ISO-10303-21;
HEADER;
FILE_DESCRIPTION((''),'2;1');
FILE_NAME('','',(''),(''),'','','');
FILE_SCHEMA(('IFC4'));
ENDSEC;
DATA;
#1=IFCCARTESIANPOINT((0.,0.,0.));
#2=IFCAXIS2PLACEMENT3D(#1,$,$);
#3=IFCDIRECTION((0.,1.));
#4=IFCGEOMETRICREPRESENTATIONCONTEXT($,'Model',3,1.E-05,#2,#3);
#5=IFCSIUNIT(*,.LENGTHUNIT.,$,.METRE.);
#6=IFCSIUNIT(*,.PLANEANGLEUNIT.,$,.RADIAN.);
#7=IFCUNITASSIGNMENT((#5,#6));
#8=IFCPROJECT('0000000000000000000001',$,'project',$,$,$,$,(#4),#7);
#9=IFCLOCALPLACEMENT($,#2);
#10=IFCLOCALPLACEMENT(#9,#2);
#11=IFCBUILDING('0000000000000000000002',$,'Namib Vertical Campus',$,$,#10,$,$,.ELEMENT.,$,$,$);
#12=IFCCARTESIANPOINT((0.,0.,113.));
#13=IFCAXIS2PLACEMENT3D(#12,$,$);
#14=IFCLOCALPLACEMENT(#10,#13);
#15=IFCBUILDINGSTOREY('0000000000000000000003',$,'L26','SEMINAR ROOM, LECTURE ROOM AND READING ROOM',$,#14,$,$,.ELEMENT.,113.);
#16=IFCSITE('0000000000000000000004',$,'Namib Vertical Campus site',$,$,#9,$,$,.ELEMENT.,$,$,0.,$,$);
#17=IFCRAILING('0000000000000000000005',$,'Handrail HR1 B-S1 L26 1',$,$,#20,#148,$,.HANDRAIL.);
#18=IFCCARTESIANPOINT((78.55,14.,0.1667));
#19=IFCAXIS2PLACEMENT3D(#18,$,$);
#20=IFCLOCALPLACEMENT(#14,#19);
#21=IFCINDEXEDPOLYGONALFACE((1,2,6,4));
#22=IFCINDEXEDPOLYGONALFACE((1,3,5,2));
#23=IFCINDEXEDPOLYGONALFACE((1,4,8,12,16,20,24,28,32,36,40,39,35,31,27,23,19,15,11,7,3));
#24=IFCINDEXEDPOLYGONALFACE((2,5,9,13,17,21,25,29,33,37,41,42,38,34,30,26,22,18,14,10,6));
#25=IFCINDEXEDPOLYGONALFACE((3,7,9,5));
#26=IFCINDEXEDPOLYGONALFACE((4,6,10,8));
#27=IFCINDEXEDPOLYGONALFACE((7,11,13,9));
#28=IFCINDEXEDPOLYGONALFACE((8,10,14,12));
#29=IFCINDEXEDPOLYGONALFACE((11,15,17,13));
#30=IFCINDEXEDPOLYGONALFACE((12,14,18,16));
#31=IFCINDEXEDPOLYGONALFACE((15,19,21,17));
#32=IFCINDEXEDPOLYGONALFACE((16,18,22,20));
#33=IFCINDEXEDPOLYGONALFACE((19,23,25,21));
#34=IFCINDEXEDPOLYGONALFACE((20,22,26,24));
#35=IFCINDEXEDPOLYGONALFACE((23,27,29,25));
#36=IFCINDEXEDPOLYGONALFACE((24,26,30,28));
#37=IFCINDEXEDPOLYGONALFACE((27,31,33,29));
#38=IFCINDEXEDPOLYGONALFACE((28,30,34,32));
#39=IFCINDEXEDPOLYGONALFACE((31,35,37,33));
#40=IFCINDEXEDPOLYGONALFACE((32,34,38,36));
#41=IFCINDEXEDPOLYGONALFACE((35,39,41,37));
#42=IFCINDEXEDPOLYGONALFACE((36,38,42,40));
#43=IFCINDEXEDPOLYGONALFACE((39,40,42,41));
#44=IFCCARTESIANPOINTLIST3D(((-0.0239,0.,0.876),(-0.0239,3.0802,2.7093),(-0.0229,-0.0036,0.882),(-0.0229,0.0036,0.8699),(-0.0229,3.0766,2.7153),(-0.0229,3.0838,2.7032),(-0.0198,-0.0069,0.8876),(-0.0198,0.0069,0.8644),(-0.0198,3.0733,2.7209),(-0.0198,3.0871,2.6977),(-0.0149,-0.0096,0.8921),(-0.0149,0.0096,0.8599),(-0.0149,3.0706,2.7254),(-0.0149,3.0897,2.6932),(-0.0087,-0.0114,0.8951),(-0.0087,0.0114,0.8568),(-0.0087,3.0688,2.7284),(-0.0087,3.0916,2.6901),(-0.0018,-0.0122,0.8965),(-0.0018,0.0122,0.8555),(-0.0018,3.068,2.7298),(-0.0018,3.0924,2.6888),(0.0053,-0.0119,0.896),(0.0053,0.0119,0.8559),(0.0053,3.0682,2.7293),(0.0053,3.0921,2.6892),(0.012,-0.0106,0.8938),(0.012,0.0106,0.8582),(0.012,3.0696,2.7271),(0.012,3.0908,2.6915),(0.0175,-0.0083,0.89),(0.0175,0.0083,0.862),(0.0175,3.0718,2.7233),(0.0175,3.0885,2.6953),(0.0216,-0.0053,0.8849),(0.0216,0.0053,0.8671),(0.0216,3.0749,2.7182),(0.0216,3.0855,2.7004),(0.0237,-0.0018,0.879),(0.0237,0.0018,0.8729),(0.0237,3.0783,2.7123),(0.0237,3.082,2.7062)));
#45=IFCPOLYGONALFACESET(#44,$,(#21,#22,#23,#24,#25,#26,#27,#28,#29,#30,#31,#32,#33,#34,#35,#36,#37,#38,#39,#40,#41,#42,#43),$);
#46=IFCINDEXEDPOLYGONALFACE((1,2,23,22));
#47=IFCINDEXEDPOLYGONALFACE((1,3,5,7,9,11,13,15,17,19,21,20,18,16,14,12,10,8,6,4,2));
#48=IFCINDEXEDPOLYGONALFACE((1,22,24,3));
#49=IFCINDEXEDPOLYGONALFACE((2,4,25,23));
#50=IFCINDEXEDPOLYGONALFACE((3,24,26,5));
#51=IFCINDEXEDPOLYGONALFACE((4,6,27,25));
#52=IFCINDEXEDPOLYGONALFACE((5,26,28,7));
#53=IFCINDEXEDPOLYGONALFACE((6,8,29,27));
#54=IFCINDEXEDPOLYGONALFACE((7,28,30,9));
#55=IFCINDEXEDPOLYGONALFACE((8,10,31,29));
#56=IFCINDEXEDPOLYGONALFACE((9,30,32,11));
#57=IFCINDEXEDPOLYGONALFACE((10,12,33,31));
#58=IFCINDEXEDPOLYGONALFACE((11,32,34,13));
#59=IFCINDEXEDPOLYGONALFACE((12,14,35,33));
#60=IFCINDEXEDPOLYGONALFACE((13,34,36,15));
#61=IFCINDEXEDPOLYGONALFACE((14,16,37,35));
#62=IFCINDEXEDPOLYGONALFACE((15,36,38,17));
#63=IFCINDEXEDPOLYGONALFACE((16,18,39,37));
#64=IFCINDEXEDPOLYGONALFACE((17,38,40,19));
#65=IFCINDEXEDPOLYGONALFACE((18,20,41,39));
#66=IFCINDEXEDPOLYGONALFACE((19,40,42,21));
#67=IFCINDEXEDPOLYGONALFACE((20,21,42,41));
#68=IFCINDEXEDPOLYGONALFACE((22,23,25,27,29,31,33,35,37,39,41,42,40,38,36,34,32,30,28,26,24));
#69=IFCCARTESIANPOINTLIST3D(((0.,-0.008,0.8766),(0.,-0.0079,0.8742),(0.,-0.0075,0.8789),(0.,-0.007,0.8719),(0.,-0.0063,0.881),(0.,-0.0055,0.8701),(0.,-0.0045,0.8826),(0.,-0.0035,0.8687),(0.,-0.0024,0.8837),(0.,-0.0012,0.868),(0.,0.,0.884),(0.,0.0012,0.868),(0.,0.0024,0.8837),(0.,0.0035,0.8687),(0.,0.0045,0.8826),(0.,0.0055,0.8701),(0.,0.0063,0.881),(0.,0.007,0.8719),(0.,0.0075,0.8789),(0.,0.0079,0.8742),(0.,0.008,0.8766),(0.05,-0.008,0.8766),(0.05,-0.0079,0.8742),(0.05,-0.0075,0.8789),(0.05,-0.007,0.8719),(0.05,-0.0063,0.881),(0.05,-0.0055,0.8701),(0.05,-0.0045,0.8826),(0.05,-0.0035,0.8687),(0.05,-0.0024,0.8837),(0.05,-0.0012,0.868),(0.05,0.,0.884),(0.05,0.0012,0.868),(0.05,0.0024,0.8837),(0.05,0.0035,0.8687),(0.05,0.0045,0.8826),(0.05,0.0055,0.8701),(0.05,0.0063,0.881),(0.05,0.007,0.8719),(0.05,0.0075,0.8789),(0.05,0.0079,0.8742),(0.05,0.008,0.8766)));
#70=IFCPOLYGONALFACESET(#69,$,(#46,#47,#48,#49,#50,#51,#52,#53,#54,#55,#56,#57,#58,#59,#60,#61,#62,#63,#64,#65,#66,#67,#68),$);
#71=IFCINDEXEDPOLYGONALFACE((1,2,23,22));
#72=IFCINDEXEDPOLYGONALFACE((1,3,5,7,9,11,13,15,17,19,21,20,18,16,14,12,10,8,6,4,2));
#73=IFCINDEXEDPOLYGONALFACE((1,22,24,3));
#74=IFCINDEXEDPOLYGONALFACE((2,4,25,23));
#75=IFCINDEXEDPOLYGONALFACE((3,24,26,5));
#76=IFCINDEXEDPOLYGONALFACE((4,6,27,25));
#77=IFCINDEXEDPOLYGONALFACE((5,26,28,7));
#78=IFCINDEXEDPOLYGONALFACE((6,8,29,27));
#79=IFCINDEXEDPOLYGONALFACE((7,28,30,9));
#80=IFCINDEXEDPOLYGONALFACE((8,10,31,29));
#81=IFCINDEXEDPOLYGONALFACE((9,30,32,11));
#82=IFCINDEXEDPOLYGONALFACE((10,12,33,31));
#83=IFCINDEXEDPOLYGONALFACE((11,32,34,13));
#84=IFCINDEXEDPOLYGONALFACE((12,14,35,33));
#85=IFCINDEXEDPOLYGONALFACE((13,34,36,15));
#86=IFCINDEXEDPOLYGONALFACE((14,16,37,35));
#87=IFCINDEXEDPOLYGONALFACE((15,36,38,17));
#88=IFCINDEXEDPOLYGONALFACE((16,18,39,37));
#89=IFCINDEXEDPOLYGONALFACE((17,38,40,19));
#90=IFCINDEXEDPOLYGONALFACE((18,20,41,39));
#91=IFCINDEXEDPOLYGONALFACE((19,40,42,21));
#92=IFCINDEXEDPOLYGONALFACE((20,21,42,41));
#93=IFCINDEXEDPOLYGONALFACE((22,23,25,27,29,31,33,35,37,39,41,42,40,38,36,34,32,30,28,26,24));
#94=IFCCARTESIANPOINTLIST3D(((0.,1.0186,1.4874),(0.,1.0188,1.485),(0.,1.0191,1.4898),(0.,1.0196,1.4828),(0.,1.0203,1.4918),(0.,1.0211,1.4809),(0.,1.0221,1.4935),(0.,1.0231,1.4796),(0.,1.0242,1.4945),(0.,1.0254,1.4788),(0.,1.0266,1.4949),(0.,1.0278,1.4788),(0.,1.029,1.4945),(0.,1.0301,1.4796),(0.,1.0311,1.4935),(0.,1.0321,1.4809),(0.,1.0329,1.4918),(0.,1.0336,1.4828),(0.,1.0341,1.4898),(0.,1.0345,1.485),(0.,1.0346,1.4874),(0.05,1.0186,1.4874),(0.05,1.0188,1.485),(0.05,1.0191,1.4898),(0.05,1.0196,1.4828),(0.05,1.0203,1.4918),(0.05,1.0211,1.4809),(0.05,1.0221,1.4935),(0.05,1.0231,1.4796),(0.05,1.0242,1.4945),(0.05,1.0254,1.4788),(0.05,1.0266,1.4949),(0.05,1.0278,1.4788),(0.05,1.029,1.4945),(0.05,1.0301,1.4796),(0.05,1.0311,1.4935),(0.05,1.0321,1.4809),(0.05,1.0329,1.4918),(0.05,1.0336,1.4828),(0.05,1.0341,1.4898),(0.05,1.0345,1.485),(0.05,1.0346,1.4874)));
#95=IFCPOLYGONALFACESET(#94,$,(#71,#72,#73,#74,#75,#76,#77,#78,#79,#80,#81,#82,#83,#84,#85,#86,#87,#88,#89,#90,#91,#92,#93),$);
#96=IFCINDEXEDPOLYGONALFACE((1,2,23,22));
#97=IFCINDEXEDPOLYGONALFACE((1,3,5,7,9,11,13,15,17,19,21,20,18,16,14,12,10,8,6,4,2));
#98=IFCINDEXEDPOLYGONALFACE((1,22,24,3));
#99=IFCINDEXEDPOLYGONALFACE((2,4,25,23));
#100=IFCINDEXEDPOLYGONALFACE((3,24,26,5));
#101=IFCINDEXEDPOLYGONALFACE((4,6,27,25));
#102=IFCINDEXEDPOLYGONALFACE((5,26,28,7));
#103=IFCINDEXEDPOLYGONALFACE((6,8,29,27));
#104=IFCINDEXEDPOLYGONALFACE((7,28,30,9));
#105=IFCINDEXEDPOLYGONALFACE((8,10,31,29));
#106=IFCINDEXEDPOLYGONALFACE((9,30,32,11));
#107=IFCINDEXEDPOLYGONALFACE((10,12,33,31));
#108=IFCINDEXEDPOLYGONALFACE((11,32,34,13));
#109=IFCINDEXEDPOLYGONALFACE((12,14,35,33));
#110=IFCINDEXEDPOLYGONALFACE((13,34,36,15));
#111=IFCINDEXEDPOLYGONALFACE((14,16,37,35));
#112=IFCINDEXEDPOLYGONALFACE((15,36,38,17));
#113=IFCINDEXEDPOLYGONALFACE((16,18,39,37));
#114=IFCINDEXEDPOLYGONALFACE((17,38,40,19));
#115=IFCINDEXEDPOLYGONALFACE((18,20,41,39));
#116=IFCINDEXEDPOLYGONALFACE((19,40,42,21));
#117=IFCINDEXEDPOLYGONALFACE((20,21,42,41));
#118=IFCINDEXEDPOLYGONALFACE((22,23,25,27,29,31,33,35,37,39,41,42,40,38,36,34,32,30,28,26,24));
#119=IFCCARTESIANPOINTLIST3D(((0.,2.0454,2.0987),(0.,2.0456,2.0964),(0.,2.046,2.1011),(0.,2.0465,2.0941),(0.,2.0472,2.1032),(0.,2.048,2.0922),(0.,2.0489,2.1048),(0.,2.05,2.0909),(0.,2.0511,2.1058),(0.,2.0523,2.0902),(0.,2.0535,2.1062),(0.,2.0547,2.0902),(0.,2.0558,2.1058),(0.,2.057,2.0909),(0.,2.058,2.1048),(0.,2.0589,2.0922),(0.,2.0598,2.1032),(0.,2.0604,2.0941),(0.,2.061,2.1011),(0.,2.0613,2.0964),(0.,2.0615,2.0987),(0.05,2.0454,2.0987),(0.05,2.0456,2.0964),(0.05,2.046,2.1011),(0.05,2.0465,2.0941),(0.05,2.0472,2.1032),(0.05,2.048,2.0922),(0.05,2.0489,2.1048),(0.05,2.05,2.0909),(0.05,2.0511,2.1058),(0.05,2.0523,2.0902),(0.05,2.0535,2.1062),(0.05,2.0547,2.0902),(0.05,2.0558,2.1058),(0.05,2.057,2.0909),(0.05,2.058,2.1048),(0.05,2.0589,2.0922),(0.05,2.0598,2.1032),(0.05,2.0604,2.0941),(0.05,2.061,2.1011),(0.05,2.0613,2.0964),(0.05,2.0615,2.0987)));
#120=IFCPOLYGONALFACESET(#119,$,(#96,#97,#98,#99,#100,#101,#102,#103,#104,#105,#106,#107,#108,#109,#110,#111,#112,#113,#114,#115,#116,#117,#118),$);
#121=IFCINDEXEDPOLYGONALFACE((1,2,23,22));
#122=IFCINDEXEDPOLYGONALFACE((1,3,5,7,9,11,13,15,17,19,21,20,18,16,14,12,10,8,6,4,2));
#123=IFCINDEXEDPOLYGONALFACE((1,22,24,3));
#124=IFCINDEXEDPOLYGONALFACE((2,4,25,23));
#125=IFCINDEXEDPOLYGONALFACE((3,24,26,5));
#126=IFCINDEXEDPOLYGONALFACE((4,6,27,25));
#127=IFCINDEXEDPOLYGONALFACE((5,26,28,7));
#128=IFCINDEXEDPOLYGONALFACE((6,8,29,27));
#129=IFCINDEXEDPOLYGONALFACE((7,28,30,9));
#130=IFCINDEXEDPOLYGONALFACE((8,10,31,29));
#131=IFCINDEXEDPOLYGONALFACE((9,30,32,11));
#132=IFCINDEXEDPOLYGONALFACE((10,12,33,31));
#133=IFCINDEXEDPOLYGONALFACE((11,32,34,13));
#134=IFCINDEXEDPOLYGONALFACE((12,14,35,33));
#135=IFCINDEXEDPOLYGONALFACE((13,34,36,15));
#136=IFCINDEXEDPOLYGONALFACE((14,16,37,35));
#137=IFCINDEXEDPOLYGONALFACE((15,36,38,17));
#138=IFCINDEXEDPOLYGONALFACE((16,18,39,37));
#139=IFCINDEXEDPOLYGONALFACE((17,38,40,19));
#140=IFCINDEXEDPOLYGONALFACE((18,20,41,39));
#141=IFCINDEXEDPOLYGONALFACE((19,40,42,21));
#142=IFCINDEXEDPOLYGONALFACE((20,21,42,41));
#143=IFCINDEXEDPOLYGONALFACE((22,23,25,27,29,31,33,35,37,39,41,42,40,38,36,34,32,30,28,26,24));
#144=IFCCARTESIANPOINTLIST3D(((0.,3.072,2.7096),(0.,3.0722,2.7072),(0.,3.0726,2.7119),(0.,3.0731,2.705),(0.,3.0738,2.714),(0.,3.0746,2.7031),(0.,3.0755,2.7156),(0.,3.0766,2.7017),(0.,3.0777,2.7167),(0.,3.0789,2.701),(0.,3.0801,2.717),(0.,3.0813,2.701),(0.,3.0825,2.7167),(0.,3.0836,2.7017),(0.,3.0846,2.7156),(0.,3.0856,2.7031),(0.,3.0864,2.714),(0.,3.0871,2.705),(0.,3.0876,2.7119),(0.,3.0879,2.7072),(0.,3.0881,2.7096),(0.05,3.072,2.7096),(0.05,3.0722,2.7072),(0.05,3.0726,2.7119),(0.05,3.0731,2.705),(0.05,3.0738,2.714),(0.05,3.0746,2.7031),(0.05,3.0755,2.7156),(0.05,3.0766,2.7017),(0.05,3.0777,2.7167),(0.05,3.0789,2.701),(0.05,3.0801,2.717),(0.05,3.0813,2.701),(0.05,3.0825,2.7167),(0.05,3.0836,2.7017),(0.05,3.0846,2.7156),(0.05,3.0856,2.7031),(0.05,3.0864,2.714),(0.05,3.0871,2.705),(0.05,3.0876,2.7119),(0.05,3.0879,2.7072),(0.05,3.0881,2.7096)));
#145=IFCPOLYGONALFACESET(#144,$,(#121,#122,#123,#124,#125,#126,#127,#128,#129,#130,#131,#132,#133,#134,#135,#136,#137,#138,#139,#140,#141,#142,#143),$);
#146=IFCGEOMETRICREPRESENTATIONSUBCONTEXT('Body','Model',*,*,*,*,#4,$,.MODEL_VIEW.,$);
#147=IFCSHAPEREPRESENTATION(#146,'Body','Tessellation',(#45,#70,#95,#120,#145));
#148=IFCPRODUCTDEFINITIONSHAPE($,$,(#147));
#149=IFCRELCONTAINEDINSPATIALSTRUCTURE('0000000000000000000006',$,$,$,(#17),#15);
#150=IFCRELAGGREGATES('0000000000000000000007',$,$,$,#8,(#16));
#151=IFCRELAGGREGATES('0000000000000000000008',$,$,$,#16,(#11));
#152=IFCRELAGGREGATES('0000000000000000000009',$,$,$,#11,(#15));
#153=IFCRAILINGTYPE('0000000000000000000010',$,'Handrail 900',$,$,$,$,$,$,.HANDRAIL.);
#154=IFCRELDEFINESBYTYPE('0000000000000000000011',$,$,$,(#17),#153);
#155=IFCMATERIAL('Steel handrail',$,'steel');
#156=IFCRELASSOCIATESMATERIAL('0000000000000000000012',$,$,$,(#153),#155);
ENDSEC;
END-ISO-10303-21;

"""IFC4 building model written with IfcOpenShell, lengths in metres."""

from ifc_helpers import new_model, si_unit, direction, frame, origin, origin_2d, place, context, subcontext, project, spatial, circle, extrude, material, type_object, element, save


model = new_model("IFC4")

# Units and contexts
model_context = context("Model", 3, precision=1e-05, world=origin(), true_north=direction((0.0, 1.0)))
body_context = subcontext(model_context, "Body", "Model", "MODEL_VIEW")
ifc_project = project(units=[si_unit("LENGTHUNIT", "METRE"), si_unit("PLANEANGLEUNIT", "RADIAN")], contexts=[model_context])

# Site, building, storey
site_placement = place(None, origin())
site = spatial("IfcSite", under=ifc_project, at=site_placement, Name="Namib Vertical Campus site", CompositionType="ELEMENT", RefElevation=0.0)
building_placement = place(site_placement, origin())
building = spatial("IfcBuilding", under=site, at=building_placement, Name="Namib Vertical Campus", CompositionType="ELEMENT")
storey_placement = place(building_placement, frame((0.0, 0.0, 113.0)))
storey = spatial("IfcBuildingStorey", under=building, at=storey_placement, Name="L26", Description="SEMINAR ROOM, LECTURE ROOM AND READING ROOM", CompositionType="ELEMENT", Elevation=113.0)

# Railing
ifc_material_1 = material(Name="Steel handrail", Category="steel")
railing_type_1 = type_object("IfcRailingType", Name="Handrail 900", PredefinedType="HANDRAIL", material=ifc_material_1)
railing_1_placement = place(storey_placement, frame((78.55, 14.0, 0.1667)))
element("IfcRailing", 1, at=railing_1_placement, inside=storey, type_object=railing_type_1, Name="Handrail HR1 B-S1 L26 1", PredefinedType="HANDRAIL", context=body_context, shape_type="SweptSolid", body=[
    extrude(circle(Radius=0.0239, at=origin_2d()), frame((0.0, 0.0, 0.876), z_axis=(0.0, 0.859309, 0.511458), x_axis=(-1.0, 0.0, 0.0)), (0.0, 0.0, 1.0), 3.5845),
    extrude(circle(Radius=0.0081, at=origin_2d()), frame((0.0, 0.0, 0.876), z_axis=(1.0, 0.0, 0.0), x_axis=(0.0, 0.0, 1.0)), (0.0, 0.0, 1.0), 0.05),
    extrude(circle(Radius=0.0081, at=origin_2d()), frame((0.0, 1.0266, 1.4868), z_axis=(1.0, 0.0, 0.0), x_axis=(0.0, 0.0, 1.0)), (0.0, 0.0, 1.0), 0.05),
    extrude(circle(Radius=0.0081, at=origin_2d()), frame((0.0, 2.0535, 2.0981), z_axis=(1.0, 0.0, 0.0), x_axis=(0.0, 0.0, 1.0)), (0.0, 0.0, 1.0), 0.05),
    extrude(circle(Radius=0.0081, at=origin_2d()), frame((0.0, 3.0801, 2.709), z_axis=(1.0, 0.0, 0.0), x_axis=(0.0, 0.0, 1.0)), (0.0, 0.0, 1.0), 0.05),
])

save(model, "model.ifc")
